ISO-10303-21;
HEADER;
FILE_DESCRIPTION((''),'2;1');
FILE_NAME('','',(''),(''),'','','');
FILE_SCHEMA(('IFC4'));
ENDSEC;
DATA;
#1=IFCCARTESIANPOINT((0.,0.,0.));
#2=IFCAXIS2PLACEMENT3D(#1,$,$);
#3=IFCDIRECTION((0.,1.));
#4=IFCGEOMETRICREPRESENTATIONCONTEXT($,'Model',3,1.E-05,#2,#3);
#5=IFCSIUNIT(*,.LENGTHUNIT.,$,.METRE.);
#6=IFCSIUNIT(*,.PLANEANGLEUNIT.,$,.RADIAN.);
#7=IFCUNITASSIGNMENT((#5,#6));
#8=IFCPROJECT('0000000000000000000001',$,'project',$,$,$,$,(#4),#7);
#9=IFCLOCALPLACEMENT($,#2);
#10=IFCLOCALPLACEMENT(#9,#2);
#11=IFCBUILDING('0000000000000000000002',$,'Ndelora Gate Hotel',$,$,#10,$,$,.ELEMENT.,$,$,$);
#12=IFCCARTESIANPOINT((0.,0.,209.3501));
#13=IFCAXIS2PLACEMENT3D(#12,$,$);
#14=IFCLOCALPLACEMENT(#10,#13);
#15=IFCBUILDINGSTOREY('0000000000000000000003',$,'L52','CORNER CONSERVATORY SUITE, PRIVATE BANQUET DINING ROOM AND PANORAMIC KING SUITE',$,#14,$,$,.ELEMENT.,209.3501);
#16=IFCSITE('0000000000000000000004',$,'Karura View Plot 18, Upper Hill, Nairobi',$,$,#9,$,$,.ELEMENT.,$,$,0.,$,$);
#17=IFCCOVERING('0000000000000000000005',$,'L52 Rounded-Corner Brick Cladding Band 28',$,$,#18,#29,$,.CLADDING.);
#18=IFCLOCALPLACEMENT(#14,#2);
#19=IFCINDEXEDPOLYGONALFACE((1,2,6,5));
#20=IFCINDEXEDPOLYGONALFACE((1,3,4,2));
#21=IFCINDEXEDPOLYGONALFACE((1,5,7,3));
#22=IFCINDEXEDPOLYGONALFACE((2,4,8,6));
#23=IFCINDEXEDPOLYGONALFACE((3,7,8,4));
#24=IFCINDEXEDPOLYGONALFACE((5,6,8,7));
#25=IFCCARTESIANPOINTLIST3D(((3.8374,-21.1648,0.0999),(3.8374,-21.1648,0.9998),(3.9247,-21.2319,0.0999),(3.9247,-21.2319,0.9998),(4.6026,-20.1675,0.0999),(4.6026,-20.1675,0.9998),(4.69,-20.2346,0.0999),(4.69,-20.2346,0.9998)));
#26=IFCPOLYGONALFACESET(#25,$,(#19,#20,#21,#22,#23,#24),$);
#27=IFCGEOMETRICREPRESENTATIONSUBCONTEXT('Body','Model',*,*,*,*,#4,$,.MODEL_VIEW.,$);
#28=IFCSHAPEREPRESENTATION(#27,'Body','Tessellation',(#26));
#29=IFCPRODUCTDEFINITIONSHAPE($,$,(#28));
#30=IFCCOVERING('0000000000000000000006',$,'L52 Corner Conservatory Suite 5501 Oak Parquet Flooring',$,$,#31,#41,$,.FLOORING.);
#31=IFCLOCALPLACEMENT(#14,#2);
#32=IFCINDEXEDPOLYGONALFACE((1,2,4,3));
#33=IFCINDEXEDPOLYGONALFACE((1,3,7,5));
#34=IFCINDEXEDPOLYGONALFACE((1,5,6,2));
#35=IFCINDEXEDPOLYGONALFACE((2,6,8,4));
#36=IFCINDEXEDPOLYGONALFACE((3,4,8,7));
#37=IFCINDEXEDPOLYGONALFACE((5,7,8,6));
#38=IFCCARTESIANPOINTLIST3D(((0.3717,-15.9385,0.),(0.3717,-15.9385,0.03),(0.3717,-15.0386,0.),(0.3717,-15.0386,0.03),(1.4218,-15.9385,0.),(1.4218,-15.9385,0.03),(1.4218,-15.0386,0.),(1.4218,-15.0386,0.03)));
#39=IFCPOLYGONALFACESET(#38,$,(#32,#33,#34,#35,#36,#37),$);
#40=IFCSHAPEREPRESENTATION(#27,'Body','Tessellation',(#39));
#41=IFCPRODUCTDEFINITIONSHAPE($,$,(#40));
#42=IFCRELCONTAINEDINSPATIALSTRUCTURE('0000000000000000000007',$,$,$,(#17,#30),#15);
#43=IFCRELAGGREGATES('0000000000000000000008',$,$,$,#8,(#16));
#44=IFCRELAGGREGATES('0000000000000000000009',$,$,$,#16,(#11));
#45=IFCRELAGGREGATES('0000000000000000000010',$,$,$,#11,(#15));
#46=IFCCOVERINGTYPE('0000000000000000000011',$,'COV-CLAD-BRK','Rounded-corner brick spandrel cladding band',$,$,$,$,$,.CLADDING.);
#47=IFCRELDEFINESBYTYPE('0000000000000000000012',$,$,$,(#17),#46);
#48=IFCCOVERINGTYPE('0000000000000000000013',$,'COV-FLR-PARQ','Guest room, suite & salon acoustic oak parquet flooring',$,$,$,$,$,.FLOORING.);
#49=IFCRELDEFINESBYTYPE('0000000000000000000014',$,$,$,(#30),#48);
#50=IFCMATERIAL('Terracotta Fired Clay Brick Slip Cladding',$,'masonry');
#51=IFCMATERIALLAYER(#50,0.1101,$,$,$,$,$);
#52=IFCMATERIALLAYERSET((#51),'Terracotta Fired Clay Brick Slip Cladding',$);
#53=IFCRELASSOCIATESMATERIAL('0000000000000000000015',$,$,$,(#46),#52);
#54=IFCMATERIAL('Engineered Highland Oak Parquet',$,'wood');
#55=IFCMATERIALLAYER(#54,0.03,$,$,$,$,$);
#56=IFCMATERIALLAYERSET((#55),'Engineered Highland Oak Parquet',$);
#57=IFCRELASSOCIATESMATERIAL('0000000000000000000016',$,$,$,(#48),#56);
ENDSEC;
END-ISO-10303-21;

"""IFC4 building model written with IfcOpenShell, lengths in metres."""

from ifc_helpers import new_model, si_unit, direction, frame, origin, origin_2d, place, context, subcontext, project, spatial, rectangle, extrude, material, layer, layer_set, type_object, element, save


model = new_model("IFC4")

# Units and contexts
model_context = context("Model", 3, precision=1e-05, world=origin(), true_north=direction((0.0, 1.0)))
body_context = subcontext(model_context, "Body", "Model", "MODEL_VIEW")
ifc_project = project(units=[si_unit("LENGTHUNIT", "METRE"), si_unit("PLANEANGLEUNIT", "RADIAN")], contexts=[model_context])

# Site, building, storey
site_placement = place(None, origin())
site = spatial("IfcSite", under=ifc_project, at=site_placement, Name="Karura View Plot 18, Upper Hill, Nairobi", CompositionType="ELEMENT", RefElevation=0.0)
building_placement = place(site_placement, origin())
building = spatial("IfcBuilding", under=site, at=building_placement, Name="Ndelora Gate Hotel", CompositionType="ELEMENT")
storey_placement = place(building_placement, frame((0.0, 0.0, 209.3501)))
storey = spatial("IfcBuildingStorey", under=building, at=storey_placement, Name="L52", Description="CORNER CONSERVATORY SUITE, PRIVATE BANQUET DINING ROOM AND PANORAMIC KING SUITE", CompositionType="ELEMENT", Elevation=209.3501)

# Coverings
ifc_material_1 = material(Name="Terracotta Fired Clay Brick Slip Cladding", Category="masonry")
ifc_layer_1 = layer(ifc_material_1, 0.1101)
ifc_layer_set_1 = layer_set([ifc_layer_1], Name="Terracotta Fired Clay Brick Slip Cladding")
covering_type_1 = type_object("IfcCoveringType", Name="COV-CLAD-BRK", Description="Rounded-corner brick spandrel cladding band", PredefinedType="CLADDING", material=ifc_layer_set_1)
covering_1_placement = place(storey_placement, frame((4.2637, -20.6997, 0.0999), z_axis=(0.0, 0.0, 1.0), x_axis=(0.608761, 0.793353, 0.0)))
element("IfcCovering", 1, at=covering_1_placement, inside=storey, type_object=covering_type_1, Name="L52 Rounded-Corner Brick Cladding Band 28", PredefinedType="CLADDING", context=body_context, shape_type="SweptSolid", body=[
    extrude(rectangle(XDim=1.2571, YDim=0.1101, at=origin_2d()), origin(), (0.0, 0.0, 1.0), 0.8999),
])
ifc_material_2 = material(Name="Engineered Highland Oak Parquet", Category="wood")
ifc_layer_2 = layer(ifc_material_2, 0.03)
ifc_layer_set_2 = layer_set([ifc_layer_2], Name="Engineered Highland Oak Parquet")
covering_type_2 = type_object("IfcCoveringType", Name="COV-FLR-PARQ", Description="Guest room, suite & salon acoustic oak parquet flooring", PredefinedType="FLOORING", material=ifc_layer_set_2)
covering_2_placement = place(storey_placement, frame((0.8967, -15.4885, 0.0), z_axis=(0.0, 0.0, 1.0), x_axis=(1.0, 0.0, 0.0)))
element("IfcCovering", 2, at=covering_2_placement, inside=storey, type_object=covering_type_2, Name="L52 Corner Conservatory Suite 5501 Oak Parquet Flooring", PredefinedType="FLOORING", context=body_context, shape_type="SweptSolid", body=[
    extrude(rectangle(XDim=1.05, YDim=0.8999, at=origin_2d()), origin(), (0.0, 0.0, 1.0), 0.03),
])

save(model, "model.ifc")
